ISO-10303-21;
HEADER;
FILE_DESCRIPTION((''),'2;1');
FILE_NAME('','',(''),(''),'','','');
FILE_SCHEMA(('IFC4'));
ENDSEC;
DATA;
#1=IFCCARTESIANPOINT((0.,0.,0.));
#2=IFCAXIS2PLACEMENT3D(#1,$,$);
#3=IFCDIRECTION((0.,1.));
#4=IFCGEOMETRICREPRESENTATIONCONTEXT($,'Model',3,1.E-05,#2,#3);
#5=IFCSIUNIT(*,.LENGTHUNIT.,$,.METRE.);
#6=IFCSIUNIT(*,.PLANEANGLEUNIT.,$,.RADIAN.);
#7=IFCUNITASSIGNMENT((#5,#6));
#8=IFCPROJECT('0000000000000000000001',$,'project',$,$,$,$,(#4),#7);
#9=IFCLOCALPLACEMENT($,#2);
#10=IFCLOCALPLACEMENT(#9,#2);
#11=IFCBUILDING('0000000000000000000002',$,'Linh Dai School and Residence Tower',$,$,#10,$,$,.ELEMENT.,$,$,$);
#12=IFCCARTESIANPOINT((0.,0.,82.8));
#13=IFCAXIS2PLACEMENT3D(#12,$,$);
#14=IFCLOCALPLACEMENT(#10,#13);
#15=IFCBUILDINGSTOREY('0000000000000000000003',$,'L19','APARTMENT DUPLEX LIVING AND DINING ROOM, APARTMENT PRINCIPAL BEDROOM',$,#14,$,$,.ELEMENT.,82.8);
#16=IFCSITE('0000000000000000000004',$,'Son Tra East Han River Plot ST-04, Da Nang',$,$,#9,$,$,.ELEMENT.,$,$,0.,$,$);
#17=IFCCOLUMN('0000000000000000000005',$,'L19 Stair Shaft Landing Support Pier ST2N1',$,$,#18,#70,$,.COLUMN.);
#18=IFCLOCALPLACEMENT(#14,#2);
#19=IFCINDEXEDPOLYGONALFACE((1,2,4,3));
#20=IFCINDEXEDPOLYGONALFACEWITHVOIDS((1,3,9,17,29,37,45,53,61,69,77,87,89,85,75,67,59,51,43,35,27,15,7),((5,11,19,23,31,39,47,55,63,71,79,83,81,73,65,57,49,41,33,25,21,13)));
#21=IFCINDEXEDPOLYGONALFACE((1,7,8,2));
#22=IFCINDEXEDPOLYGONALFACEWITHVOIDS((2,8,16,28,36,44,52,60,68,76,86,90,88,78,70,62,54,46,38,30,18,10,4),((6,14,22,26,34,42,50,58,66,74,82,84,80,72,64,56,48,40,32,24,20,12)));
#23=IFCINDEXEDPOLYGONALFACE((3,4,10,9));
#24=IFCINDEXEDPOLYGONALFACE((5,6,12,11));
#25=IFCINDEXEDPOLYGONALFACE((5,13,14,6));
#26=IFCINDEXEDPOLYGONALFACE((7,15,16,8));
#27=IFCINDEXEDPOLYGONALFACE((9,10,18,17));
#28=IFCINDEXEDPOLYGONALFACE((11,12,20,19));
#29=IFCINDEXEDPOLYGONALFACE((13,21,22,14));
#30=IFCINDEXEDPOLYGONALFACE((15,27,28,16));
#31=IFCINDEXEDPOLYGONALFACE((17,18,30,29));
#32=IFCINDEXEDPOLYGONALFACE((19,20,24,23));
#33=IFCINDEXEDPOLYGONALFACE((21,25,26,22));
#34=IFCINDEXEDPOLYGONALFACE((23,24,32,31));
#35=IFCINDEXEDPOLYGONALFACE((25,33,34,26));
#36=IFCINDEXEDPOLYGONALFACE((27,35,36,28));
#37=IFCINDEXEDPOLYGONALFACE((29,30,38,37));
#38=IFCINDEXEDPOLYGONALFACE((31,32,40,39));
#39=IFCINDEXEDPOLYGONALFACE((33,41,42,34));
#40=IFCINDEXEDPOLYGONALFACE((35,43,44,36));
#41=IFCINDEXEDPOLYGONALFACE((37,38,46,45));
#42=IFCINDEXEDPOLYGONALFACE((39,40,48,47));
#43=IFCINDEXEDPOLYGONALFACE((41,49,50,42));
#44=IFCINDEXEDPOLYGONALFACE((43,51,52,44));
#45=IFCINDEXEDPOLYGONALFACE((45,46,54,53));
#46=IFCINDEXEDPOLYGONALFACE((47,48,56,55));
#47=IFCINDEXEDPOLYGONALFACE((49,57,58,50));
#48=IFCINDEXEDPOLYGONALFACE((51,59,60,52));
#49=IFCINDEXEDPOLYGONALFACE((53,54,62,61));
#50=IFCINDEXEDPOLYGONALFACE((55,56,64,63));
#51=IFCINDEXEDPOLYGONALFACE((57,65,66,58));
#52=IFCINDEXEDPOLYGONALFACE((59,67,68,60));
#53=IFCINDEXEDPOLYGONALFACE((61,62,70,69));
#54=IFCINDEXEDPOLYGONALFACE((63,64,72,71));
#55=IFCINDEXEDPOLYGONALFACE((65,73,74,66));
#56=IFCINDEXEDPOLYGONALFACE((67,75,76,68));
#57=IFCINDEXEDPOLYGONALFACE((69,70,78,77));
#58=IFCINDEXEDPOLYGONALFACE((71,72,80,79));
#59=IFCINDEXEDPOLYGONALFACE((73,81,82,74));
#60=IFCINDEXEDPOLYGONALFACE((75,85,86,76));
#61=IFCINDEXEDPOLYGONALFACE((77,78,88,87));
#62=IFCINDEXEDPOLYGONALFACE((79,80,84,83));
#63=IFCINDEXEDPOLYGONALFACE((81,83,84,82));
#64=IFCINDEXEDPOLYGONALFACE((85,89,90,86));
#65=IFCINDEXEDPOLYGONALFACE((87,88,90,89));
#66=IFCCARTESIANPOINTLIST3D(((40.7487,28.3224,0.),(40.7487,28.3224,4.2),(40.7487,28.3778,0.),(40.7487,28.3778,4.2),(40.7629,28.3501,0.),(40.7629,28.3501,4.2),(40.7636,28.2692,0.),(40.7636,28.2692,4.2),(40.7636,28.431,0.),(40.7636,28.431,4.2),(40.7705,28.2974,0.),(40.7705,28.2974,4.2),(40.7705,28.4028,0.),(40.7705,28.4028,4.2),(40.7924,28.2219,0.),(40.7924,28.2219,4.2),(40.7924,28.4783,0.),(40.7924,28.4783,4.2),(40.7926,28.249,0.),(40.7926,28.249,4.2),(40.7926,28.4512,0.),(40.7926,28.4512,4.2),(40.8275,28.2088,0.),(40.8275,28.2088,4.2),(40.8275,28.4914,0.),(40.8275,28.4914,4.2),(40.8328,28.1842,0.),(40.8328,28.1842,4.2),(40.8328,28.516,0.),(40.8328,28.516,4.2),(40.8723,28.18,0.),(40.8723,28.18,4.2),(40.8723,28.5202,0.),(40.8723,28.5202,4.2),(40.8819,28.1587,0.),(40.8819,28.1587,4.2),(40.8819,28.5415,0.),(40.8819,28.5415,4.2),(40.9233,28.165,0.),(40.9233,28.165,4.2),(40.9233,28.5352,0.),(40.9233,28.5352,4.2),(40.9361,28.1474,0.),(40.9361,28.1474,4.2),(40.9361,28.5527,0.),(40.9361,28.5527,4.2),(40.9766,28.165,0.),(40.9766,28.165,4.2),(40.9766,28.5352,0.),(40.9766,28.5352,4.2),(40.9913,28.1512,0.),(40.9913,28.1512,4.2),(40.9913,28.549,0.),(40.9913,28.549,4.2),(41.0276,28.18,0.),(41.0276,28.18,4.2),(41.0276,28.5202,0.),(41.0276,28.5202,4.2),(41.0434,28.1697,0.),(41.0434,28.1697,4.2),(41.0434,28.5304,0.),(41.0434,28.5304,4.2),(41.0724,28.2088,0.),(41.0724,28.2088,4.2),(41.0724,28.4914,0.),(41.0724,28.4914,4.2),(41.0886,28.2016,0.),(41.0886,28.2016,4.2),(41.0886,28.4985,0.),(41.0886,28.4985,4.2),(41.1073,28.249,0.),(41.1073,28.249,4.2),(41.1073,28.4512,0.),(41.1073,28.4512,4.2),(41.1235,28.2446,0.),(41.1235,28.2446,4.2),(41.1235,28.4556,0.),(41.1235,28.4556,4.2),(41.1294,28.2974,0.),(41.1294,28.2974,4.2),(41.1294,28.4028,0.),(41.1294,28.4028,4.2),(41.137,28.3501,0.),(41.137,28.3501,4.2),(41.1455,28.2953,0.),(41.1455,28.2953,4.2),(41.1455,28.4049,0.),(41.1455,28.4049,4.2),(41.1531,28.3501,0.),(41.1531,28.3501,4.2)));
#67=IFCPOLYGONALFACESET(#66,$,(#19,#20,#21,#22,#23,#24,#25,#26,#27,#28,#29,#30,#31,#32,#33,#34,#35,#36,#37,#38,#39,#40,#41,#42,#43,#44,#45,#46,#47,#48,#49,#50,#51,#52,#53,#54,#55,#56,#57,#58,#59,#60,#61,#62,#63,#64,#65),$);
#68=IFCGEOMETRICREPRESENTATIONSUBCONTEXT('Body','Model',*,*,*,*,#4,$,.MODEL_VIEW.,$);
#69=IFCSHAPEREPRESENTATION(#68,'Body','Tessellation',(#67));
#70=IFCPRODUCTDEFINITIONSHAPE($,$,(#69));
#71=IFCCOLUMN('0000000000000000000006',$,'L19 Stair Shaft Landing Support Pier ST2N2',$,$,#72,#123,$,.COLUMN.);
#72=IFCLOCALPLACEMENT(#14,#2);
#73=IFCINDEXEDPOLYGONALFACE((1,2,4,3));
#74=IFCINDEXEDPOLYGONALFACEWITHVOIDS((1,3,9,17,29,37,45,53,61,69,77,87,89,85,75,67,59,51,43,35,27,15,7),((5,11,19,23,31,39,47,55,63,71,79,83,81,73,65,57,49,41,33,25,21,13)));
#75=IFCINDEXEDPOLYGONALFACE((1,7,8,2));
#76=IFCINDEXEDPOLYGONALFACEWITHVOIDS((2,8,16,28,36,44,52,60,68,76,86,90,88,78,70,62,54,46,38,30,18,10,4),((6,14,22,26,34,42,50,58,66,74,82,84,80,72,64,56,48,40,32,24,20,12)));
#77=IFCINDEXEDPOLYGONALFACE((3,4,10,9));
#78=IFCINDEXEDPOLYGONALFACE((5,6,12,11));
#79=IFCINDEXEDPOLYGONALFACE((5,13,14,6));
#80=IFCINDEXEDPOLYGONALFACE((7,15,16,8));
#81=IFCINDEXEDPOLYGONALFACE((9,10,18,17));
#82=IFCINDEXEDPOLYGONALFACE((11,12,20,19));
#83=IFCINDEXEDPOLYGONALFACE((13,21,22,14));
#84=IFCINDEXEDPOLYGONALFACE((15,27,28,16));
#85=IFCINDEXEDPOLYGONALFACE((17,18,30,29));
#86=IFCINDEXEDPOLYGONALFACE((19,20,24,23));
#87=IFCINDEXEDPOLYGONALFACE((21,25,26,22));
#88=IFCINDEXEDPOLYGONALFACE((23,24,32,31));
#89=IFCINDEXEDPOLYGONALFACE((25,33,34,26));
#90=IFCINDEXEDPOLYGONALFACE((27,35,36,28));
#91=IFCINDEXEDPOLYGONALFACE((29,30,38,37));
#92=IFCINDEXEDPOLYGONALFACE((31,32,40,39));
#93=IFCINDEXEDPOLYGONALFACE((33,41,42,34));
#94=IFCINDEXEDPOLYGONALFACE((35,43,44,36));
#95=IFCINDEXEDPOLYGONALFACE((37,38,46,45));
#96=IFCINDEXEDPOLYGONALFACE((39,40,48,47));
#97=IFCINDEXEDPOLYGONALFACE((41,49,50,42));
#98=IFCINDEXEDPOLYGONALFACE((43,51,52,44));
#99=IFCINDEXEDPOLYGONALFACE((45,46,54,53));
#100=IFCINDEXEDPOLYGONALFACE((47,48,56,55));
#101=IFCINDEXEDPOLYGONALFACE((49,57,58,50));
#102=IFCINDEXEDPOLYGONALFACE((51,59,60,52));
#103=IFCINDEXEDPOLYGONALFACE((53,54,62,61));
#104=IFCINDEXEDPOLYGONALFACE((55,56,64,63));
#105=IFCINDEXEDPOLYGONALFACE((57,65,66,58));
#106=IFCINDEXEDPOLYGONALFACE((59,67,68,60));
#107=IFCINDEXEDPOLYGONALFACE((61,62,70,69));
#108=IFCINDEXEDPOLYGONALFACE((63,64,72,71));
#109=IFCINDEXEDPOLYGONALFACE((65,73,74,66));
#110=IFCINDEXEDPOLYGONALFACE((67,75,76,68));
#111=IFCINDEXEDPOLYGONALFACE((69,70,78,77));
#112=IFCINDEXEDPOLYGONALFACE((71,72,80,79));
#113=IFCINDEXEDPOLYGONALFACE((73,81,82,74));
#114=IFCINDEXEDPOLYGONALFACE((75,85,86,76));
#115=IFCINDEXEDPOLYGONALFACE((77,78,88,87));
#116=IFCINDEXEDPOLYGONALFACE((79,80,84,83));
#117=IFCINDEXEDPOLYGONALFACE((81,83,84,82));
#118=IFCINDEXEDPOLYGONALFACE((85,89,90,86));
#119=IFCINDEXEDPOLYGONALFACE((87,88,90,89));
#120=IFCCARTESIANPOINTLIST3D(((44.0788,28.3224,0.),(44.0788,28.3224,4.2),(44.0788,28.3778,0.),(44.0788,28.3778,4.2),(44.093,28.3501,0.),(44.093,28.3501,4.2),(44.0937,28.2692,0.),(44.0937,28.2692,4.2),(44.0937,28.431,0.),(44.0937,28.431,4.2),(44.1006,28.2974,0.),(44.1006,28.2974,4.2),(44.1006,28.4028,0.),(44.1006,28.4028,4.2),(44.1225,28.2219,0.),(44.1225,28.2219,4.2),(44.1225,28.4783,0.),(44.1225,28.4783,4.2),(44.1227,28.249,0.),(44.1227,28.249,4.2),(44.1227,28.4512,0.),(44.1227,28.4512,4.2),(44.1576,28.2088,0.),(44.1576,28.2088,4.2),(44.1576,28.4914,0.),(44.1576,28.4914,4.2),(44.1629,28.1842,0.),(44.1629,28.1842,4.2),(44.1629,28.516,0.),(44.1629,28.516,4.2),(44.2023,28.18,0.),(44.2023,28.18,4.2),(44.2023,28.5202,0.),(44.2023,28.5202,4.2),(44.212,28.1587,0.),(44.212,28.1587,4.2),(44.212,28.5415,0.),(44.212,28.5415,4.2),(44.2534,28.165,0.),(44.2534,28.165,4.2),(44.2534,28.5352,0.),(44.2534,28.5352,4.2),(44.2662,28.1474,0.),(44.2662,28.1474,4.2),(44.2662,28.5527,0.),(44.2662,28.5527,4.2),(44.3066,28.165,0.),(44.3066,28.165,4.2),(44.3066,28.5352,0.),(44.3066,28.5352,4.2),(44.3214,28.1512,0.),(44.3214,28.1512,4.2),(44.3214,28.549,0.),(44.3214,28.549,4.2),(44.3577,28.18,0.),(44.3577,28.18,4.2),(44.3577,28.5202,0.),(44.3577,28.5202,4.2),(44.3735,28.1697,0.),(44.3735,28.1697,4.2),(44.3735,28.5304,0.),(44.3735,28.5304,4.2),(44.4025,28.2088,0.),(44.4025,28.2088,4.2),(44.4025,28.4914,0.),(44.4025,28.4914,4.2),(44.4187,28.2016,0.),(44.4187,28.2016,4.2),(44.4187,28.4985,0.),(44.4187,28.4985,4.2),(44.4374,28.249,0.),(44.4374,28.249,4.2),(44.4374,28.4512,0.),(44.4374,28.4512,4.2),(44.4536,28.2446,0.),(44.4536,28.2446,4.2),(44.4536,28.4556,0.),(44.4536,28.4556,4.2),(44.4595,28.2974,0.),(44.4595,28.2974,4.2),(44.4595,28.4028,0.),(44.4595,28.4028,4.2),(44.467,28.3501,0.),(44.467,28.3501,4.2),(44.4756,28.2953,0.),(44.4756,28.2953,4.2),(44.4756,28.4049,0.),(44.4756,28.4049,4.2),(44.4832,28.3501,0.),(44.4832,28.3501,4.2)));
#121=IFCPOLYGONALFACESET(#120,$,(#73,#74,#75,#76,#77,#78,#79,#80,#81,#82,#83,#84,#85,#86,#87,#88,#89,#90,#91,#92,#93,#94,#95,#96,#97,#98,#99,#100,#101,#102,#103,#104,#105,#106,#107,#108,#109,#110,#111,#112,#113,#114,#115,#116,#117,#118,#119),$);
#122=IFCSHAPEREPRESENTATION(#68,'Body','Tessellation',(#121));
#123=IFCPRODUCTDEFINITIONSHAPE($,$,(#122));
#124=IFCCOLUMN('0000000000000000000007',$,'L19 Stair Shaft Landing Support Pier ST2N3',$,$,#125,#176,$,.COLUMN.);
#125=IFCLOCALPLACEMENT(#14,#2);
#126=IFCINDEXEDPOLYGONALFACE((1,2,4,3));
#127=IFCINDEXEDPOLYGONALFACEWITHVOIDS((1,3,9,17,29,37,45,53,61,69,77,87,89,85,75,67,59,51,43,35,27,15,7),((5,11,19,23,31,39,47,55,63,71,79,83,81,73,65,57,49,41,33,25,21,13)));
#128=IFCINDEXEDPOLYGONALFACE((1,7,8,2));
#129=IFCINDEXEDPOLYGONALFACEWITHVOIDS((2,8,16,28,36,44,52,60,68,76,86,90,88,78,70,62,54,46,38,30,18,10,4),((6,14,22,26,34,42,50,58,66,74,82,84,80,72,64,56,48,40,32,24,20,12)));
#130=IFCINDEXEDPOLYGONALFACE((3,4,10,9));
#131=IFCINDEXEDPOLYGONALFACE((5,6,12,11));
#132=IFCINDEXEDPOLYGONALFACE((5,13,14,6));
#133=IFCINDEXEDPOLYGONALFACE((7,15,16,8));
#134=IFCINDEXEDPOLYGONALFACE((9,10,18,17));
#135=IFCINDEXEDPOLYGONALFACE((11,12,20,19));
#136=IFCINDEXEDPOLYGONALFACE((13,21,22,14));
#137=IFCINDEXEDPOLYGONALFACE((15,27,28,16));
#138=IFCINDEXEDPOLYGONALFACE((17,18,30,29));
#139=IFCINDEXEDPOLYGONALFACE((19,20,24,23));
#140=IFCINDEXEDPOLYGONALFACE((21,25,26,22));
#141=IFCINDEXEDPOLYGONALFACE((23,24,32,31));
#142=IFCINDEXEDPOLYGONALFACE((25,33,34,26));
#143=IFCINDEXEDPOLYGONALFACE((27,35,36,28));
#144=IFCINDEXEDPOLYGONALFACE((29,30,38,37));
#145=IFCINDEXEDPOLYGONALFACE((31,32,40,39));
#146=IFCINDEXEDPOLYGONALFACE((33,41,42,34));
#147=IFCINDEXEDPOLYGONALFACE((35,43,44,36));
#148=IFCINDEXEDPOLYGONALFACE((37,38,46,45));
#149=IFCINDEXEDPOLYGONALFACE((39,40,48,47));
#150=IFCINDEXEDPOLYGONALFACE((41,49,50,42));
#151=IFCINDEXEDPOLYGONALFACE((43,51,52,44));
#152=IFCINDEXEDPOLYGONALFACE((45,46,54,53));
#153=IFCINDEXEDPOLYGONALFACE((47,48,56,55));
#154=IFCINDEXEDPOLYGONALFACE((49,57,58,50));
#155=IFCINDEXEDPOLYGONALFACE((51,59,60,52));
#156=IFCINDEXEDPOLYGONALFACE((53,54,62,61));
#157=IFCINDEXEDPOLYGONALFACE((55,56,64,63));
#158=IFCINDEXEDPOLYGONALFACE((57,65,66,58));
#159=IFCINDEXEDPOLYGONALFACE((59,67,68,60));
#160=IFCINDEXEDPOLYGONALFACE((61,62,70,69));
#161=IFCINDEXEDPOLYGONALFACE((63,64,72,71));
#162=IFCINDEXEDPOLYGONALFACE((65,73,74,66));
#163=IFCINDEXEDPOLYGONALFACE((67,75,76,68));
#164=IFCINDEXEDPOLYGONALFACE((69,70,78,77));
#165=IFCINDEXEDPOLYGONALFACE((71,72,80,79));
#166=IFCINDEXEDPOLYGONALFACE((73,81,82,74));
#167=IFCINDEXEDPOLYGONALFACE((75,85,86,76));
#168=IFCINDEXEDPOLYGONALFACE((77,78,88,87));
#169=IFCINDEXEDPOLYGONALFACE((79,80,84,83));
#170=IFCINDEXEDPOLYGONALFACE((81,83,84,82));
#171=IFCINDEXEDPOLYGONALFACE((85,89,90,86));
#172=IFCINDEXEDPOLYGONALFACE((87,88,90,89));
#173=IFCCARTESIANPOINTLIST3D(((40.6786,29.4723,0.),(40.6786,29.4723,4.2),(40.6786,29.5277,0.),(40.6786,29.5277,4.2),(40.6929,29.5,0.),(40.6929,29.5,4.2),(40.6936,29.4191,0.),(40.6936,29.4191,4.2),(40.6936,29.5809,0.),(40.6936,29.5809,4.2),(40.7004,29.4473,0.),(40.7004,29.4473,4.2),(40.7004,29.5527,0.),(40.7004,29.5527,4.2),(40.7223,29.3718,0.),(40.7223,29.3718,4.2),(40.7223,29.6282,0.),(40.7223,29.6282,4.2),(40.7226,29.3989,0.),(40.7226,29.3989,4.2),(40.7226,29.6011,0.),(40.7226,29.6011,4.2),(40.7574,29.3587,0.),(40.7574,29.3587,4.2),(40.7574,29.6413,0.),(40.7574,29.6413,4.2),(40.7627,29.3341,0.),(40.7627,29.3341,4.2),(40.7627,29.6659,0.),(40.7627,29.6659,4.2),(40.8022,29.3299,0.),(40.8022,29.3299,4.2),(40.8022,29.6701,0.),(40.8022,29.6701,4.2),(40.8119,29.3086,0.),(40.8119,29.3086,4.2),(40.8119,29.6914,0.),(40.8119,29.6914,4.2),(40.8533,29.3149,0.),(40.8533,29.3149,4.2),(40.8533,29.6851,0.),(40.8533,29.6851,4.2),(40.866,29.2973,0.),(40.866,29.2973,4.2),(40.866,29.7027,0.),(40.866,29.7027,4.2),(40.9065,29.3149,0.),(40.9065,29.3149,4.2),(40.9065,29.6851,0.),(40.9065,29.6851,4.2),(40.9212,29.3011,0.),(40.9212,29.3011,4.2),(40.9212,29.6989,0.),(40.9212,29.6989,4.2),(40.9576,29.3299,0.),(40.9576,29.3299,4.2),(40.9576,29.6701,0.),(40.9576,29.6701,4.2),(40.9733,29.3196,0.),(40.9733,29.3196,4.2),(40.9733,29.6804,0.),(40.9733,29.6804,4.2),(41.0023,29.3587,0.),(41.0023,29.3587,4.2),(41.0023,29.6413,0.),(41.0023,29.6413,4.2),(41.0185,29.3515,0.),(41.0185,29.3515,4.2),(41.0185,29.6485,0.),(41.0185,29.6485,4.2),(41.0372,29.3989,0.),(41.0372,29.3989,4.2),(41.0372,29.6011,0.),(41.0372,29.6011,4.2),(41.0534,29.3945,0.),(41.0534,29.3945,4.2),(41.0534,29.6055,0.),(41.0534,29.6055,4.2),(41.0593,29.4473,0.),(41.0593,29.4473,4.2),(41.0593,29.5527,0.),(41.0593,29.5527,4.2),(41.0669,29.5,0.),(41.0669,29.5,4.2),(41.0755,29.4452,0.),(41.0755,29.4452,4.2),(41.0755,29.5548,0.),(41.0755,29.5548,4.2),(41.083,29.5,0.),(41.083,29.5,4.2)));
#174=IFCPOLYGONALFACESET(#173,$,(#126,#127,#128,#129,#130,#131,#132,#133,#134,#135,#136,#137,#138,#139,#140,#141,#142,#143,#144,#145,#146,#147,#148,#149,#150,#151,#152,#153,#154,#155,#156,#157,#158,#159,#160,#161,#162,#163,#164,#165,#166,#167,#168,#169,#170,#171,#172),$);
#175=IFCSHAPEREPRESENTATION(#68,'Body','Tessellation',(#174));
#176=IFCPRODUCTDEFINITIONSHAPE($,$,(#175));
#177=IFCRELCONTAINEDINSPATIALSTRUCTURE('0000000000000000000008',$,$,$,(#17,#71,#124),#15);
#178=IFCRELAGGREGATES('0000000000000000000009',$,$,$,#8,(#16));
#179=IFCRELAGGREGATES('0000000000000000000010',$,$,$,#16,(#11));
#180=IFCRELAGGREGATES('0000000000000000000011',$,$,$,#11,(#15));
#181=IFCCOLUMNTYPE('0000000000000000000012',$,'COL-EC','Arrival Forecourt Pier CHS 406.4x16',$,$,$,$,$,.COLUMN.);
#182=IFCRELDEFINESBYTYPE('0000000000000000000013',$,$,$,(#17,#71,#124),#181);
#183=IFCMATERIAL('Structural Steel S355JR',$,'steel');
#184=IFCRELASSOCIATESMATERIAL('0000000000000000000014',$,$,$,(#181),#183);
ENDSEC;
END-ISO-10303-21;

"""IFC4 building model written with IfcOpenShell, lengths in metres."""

from ifc_helpers import new_model, si_unit, direction, frame, origin, origin_2d, place, context, subcontext, project, spatial, hollow_circle, extrude, material, material_profile, profile_set, type_object, element, save


model = new_model("IFC4")

# Units and contexts
model_context = context("Model", 3, precision=1e-05, world=origin(), true_north=direction((0.0, 1.0)))
body_context = subcontext(model_context, "Body", "Model", "MODEL_VIEW")
ifc_project = project(units=[si_unit("LENGTHUNIT", "METRE"), si_unit("PLANEANGLEUNIT", "RADIAN")], contexts=[model_context])

# Site, building, storey
site_placement = place(None, origin())
site = spatial("IfcSite", under=ifc_project, at=site_placement, Name="Son Tra East Han River Plot ST-04, Da Nang", CompositionType="ELEMENT", RefElevation=0.0)
building_placement = place(site_placement, origin())
building = spatial("IfcBuilding", under=site, at=building_placement, Name="Linh Dai School and Residence Tower", CompositionType="ELEMENT")
storey_placement = place(building_placement, frame((0.0, 0.0, 82.8)))
storey = spatial("IfcBuildingStorey", under=building, at=storey_placement, Name="L19", Description="APARTMENT DUPLEX LIVING AND DINING ROOM, APARTMENT PRINCIPAL BEDROOM", CompositionType="ELEMENT", Elevation=82.8)

# Columns
ifc_material_1 = material(Name="Structural Steel S355JR", Category="steel")
ifc_material_profile_1 = material_profile(ifc_material_1, hollow_circle(Radius=0.2031, WallThickness=0.0161, at=origin_2d()), Name="CHS 406.4x16")
ifc_profile_set_1 = profile_set([ifc_material_profile_1], Name="Structural Steel S355JR")
column_type_1 = type_object("IfcColumnType", Name="COL-EC", Description="Arrival Forecourt Pier CHS 406.4x16", PredefinedType="COLUMN", material=ifc_profile_set_1)
for number, where, z_axis, x_axis, name in (
    (1, (40.95, 28.3501, 0.0), (0.0, 0.0, 1.0), (1.0, 0.0, 0.0), "L19 Stair Shaft Landing Support Pier ST2N1"),
    (2, (44.28, 28.3501, 0.0), (0.0, 0.0, 1.0), (1.0, 0.0, 0.0), "L19 Stair Shaft Landing Support Pier ST2N2"),
    (3, (40.8799, 29.5, 0.0), (0.0, 0.0, 1.0), (1.0, 0.0, 0.0), "L19 Stair Shaft Landing Support Pier ST2N3"),
):
    element("IfcColumn", number, at=place(storey_placement, frame(where, z_axis=z_axis, x_axis=x_axis)), inside=storey, type_object=column_type_1, Name=name, PredefinedType="COLUMN", context=body_context, shape_type="SweptSolid", body=[
        extrude(hollow_circle(Radius=0.2031, WallThickness=0.0161, at=origin_2d()), origin(), (0.0, 0.0, 1.0), 4.2),
    ])

save(model, "model.ifc")
